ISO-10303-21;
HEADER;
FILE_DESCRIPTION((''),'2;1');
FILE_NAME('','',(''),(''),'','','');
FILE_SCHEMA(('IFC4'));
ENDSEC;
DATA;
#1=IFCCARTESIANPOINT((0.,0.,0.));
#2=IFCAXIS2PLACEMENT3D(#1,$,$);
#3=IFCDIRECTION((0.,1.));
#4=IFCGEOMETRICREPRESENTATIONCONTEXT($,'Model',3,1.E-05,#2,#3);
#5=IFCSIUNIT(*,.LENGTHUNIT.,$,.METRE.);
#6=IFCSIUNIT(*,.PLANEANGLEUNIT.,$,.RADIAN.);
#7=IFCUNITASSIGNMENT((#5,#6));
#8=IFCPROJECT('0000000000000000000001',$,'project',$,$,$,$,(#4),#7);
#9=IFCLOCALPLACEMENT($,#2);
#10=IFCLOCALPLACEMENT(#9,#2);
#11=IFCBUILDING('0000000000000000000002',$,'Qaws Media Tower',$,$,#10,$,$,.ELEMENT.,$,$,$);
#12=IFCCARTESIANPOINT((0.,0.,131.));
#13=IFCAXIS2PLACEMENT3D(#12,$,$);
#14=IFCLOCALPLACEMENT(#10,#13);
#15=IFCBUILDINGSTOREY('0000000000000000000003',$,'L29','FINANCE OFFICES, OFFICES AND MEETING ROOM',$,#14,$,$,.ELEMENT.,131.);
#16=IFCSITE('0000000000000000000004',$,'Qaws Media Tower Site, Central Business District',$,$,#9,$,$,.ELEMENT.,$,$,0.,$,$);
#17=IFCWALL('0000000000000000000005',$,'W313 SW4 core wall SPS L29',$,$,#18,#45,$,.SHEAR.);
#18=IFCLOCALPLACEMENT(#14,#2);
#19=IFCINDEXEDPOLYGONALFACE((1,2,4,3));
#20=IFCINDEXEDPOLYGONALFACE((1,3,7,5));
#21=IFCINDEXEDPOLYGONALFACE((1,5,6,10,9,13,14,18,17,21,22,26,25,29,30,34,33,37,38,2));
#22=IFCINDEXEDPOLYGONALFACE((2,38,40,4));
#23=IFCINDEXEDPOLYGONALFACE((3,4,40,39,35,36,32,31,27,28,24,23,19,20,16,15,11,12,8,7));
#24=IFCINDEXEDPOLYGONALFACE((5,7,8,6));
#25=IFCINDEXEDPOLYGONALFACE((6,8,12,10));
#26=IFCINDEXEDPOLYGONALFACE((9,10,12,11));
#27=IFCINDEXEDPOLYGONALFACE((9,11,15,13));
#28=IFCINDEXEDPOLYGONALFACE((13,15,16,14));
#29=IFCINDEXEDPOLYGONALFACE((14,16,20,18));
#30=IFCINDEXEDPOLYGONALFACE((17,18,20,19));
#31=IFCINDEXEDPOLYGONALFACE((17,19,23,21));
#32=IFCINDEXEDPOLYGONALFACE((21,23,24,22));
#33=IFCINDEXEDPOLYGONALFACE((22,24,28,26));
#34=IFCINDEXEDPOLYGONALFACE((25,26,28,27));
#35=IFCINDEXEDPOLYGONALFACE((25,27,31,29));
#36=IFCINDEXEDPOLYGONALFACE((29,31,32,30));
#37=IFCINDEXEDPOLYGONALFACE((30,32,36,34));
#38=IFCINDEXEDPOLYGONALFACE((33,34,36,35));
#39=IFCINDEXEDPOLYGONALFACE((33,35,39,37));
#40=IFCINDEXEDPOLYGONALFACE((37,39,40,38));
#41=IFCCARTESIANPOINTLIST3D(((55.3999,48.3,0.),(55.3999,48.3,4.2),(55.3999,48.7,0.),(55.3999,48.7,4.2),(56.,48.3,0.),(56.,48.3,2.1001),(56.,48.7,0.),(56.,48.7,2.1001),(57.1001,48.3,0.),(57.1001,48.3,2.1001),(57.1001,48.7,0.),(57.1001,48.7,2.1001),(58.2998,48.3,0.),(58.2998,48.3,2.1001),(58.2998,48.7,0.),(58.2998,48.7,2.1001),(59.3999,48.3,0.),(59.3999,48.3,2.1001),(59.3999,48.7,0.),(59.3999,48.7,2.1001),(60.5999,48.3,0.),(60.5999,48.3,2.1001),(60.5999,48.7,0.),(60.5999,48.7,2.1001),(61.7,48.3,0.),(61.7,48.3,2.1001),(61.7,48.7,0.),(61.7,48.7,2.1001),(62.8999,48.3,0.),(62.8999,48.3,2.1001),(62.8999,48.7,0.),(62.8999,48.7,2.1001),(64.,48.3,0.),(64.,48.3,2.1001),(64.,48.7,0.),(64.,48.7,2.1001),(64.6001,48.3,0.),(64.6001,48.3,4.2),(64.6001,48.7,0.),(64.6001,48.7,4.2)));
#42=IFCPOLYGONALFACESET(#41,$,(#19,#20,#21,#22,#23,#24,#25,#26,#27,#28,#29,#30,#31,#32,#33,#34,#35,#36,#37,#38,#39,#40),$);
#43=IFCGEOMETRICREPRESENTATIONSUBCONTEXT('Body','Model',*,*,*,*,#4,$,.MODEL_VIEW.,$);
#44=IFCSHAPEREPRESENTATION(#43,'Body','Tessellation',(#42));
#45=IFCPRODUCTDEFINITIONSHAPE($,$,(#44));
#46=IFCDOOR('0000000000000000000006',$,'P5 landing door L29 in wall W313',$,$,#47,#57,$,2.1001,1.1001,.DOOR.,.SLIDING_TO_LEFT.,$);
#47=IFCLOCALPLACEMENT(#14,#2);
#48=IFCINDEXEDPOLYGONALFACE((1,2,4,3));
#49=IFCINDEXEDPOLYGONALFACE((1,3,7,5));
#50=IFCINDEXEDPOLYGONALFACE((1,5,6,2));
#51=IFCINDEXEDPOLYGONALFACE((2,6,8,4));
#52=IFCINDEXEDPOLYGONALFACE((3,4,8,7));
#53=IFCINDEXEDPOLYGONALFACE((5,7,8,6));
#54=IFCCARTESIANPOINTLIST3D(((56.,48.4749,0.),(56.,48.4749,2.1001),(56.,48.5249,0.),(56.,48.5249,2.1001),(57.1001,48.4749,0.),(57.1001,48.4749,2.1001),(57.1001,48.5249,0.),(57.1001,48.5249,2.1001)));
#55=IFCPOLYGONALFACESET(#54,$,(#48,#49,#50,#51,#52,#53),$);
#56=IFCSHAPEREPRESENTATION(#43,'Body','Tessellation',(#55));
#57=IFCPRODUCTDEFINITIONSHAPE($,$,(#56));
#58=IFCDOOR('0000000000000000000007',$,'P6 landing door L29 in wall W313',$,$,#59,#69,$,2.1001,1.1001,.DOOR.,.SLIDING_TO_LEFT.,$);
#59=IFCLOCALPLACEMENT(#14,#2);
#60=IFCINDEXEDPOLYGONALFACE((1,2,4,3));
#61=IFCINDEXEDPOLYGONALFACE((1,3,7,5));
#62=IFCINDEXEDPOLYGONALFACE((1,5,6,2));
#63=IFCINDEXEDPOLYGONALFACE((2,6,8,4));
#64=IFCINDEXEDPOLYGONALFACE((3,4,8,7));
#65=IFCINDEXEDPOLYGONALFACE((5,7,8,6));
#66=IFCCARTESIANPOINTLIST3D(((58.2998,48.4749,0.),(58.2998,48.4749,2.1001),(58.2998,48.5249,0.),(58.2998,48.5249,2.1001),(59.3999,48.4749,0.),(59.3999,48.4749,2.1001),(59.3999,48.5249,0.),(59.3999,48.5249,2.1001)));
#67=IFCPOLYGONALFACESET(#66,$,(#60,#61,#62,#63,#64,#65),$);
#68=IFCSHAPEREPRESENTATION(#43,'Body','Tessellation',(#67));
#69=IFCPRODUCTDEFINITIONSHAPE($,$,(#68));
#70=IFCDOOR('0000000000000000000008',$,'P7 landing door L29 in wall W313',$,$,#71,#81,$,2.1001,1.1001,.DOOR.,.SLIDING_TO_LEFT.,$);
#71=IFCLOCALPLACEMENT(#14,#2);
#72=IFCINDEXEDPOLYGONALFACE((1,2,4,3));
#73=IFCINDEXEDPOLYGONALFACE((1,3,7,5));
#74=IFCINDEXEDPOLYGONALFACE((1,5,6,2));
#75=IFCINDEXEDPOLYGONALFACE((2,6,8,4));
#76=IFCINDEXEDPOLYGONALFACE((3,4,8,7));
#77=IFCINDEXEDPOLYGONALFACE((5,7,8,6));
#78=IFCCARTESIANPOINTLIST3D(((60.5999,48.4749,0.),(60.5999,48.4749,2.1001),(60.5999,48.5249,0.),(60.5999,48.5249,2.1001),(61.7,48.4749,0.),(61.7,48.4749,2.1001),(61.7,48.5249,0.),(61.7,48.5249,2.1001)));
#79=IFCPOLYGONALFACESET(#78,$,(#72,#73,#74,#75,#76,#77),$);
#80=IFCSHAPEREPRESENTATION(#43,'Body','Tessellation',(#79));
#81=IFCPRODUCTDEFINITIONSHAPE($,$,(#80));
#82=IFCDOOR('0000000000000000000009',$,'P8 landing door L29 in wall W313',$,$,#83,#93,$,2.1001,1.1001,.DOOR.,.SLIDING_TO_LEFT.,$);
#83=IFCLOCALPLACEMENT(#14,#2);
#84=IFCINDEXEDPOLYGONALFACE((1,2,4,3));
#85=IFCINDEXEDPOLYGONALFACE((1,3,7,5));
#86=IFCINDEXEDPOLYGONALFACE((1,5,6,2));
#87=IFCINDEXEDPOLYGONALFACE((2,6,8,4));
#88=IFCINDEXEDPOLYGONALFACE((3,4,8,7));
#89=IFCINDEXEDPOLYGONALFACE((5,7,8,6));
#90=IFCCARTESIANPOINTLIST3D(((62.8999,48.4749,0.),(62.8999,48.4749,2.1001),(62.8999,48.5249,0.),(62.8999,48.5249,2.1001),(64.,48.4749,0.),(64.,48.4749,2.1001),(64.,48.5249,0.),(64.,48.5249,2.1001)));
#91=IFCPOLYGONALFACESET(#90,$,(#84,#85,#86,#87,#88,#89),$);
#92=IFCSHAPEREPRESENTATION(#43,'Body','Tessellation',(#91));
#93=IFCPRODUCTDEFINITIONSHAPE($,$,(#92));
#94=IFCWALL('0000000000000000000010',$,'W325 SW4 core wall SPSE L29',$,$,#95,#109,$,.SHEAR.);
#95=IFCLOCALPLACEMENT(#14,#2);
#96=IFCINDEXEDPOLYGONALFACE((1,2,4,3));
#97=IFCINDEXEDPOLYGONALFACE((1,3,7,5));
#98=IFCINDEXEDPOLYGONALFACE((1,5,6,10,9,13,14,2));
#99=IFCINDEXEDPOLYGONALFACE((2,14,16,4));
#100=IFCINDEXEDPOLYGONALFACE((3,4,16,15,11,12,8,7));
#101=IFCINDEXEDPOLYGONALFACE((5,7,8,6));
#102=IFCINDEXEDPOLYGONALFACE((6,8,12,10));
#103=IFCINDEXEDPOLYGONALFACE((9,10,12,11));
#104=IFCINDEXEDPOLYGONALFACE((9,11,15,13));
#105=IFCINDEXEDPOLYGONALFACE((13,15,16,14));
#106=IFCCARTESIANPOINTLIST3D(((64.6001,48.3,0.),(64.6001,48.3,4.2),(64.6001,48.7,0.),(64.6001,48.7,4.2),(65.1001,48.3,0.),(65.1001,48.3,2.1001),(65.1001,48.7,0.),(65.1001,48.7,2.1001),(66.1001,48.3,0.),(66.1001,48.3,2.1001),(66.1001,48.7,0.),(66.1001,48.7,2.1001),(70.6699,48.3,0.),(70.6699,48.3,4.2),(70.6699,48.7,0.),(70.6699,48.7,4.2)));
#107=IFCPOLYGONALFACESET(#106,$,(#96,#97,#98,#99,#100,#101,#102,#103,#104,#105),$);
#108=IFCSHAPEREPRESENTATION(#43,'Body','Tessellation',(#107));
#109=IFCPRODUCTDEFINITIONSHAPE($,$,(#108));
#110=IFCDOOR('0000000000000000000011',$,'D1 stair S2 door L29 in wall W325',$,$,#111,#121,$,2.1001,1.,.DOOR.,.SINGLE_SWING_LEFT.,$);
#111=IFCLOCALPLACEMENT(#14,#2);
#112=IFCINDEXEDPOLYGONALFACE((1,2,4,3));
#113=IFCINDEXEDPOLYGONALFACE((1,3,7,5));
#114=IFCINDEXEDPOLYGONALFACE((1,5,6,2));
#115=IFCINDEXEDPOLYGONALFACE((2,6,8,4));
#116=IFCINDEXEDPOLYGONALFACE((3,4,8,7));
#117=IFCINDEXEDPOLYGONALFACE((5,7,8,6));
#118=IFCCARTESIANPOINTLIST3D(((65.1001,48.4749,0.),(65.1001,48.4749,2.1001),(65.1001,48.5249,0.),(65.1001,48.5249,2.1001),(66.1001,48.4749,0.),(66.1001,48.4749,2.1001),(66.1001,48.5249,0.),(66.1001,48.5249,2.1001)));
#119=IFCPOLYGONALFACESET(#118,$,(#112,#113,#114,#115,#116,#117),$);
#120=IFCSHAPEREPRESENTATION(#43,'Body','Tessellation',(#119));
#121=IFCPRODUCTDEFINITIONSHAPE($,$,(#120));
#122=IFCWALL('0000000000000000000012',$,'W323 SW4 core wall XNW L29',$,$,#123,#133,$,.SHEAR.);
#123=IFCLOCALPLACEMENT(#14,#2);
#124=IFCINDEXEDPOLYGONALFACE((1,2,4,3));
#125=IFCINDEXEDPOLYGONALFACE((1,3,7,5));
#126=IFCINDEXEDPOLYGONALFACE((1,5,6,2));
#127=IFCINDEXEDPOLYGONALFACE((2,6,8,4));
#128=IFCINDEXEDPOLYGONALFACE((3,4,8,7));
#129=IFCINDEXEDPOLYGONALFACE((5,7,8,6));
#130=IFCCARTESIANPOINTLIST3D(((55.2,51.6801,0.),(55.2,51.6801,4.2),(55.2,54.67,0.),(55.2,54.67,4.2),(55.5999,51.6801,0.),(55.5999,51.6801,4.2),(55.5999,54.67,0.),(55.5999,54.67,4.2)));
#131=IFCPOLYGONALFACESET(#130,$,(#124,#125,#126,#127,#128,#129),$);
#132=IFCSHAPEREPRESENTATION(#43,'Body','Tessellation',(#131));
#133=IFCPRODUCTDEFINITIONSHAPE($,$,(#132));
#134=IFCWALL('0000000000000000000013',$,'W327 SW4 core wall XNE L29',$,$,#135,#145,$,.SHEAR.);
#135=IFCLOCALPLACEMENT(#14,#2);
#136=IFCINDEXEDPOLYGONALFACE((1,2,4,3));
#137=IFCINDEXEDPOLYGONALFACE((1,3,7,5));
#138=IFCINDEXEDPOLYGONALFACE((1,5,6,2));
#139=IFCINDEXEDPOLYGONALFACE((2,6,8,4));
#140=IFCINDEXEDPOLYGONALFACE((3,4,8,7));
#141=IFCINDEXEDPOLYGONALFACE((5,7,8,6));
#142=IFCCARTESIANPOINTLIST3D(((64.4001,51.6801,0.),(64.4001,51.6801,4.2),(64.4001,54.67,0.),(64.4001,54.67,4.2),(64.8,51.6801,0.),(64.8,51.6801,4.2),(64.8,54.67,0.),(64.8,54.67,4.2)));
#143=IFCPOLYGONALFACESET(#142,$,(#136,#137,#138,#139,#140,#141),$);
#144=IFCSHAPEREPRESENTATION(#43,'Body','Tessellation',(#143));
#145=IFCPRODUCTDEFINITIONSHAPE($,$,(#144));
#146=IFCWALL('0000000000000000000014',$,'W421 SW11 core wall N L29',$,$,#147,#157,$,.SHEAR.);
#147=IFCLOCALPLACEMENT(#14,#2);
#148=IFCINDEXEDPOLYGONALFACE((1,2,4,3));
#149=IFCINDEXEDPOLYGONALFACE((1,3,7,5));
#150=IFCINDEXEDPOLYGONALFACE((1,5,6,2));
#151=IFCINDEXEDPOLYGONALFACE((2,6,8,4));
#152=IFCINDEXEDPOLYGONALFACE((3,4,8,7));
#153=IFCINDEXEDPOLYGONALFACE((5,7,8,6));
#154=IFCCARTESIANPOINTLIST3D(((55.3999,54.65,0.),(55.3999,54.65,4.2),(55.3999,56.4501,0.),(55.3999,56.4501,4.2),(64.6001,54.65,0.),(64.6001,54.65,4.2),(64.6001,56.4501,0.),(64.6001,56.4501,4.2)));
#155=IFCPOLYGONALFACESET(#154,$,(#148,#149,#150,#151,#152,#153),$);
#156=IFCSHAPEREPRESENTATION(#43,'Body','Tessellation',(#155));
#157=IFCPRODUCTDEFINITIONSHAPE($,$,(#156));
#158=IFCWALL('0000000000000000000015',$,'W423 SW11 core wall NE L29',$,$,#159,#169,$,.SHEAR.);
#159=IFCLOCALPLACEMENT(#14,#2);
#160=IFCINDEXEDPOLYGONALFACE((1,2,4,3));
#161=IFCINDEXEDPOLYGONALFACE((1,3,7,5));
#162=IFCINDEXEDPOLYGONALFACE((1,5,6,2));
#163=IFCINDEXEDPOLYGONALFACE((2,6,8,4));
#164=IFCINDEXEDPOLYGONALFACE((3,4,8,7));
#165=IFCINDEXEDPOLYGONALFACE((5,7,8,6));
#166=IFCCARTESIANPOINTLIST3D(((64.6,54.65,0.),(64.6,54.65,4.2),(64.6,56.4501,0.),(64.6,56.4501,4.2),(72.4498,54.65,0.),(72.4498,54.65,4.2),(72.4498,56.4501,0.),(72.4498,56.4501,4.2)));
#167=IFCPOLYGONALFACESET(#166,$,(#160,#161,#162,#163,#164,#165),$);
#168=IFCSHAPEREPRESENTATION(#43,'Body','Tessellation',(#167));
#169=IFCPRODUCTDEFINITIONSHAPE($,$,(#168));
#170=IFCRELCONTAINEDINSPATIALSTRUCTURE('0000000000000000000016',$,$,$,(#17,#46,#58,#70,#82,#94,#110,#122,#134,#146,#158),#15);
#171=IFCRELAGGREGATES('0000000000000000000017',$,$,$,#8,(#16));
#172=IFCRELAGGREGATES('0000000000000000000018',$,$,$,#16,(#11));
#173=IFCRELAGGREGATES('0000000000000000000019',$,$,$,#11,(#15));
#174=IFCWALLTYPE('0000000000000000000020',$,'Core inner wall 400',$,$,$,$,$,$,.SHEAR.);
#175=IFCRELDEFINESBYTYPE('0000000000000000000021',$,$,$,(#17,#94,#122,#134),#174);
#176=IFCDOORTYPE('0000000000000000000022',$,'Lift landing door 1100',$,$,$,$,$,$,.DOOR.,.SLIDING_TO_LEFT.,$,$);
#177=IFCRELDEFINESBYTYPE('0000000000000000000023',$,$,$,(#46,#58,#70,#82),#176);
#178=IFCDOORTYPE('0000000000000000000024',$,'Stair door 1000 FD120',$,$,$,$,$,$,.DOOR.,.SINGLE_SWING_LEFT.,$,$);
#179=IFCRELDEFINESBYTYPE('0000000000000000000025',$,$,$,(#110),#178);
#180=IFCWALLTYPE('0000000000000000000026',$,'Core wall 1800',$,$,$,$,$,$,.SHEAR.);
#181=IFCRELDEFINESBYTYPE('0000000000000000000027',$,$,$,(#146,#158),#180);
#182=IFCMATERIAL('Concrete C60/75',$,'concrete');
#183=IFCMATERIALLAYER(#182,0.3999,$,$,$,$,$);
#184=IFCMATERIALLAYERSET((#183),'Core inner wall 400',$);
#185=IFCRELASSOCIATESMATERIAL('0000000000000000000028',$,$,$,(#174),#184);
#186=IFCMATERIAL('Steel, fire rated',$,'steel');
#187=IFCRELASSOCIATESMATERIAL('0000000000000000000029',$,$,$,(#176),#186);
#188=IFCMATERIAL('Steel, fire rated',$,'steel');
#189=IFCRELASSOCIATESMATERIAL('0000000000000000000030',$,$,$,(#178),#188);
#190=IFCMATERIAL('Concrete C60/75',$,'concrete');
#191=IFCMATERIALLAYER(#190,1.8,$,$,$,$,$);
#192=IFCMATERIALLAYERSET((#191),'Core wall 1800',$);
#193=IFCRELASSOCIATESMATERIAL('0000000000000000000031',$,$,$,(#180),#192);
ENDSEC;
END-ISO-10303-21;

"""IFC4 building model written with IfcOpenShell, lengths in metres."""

from ifc_helpers import new_model, si_unit, direction, frame, frame_2d, origin, place, context, subcontext, project, spatial, rectangle, extrude, material, layer, layer_set, type_object, element, fill, save


model = new_model("IFC4")

# Units and contexts
model_context = context("Model", 3, precision=1e-05, world=origin(), true_north=direction((0.0, 1.0)))
body_context = subcontext(model_context, "Body", "Model", "MODEL_VIEW")
ifc_project = project(units=[si_unit("LENGTHUNIT", "METRE"), si_unit("PLANEANGLEUNIT", "RADIAN")], contexts=[model_context])

# Site, building, storey
site_placement = place(None, origin())
site = spatial("IfcSite", under=ifc_project, at=site_placement, Name="Qaws Media Tower Site, Central Business District", CompositionType="ELEMENT", RefElevation=0.0)
building_placement = place(site_placement, origin())
building = spatial("IfcBuilding", under=site, at=building_placement, Name="Qaws Media Tower", CompositionType="ELEMENT")
storey_placement = place(building_placement, frame((0.0, 0.0, 131.0)))
storey = spatial("IfcBuildingStorey", under=building, at=storey_placement, Name="L29", Description="FINANCE OFFICES, OFFICES AND MEETING ROOM", CompositionType="ELEMENT", Elevation=131.0)

# Wall, openings, doors
ifc_material_1 = material(Name="Concrete C60/75", Category="concrete")
ifc_layer_1 = layer(ifc_material_1, 0.3999)
ifc_layer_set_1 = layer_set([ifc_layer_1], Name="Core inner wall 400")
wall_type_1 = type_object("IfcWallType", Name="Core inner wall 400", PredefinedType="SHEAR", material=ifc_layer_set_1)
wall_1_placement = place(storey_placement, frame((55.3999, 48.5, 0.0), z_axis=(0.0, 0.0, 1.0), x_axis=(1.0, 0.0, 0.0)))
wall_1 = element("IfcWall", 1, at=wall_1_placement, inside=storey, type_object=wall_type_1, Name="W313 SW4 core wall SPS L29", PredefinedType="SHEAR", context=body_context, shape_type="SweptSolid", body=[
    extrude(rectangle(XDim=9.2002, YDim=0.3999, at=frame_2d((4.6001, 0.0))), origin(), (0.0, 0.0, 1.0), 4.2),
])
opening_1_placement = place(wall_1_placement, frame((0.6001, 0.0, 0.0)))
opening_1 = element("IfcOpeningElement", 2, at=opening_1_placement, cuts=wall_1, PredefinedType="OPENING", context=body_context, shape_type="SweptSolid", body=[
    extrude(rectangle(XDim=1.1001, YDim=2.1001, at=frame_2d((0.55, 1.05))), frame((0.0, 0.21, 0.0), z_axis=(0.0, -1.0, 0.0), x_axis=(1.0, 0.0, 0.0)), (0.0, 0.0, 1.0), 0.4199),
])
opening_2_placement = place(wall_1_placement, frame((2.8999, 0.0, 0.0)))
opening_2 = element("IfcOpeningElement", 3, at=opening_2_placement, cuts=wall_1, PredefinedType="OPENING", context=body_context, shape_type="SweptSolid", body=[
    extrude(rectangle(XDim=1.1001, YDim=2.1001, at=frame_2d((0.55, 1.05))), frame((0.0, 0.21, 0.0), z_axis=(0.0, -1.0, 0.0), x_axis=(1.0, 0.0, 0.0)), (0.0, 0.0, 1.0), 0.4199),
])
opening_3_placement = place(wall_1_placement, frame((5.2, 0.0, 0.0)))
opening_3 = element("IfcOpeningElement", 4, at=opening_3_placement, cuts=wall_1, PredefinedType="OPENING", context=body_context, shape_type="SweptSolid", body=[
    extrude(rectangle(XDim=1.1001, YDim=2.1001, at=frame_2d((0.55, 1.05))), frame((0.0, 0.21, 0.0), z_axis=(0.0, -1.0, 0.0), x_axis=(1.0, 0.0, 0.0)), (0.0, 0.0, 1.0), 0.4199),
])
opening_4_placement = place(wall_1_placement, frame((7.5, 0.0, 0.0)))
opening_4 = element("IfcOpeningElement", 5, at=opening_4_placement, cuts=wall_1, PredefinedType="OPENING", context=body_context, shape_type="SweptSolid", body=[
    extrude(rectangle(XDim=1.1001, YDim=2.1001, at=frame_2d((0.55, 1.05))), frame((0.0, 0.21, 0.0), z_axis=(0.0, -1.0, 0.0), x_axis=(1.0, 0.0, 0.0)), (0.0, 0.0, 1.0), 0.4199),
])
ifc_material_2 = material(Name="Steel, fire rated", Category="steel")
door_type_1 = type_object("IfcDoorType", Name="Lift landing door 1100", OperationType="SLIDING_TO_LEFT", PredefinedType="DOOR", material=ifc_material_2)
door_1_placement = place(opening_1_placement, origin())
door_1 = element("IfcDoor", 6, at=door_1_placement, inside=storey, type_object=door_type_1, Name="P5 landing door L29 in wall W313", OperationType="SLIDING_TO_LEFT", OverallHeight=2.1001, OverallWidth=1.1001, PredefinedType="DOOR", context=body_context, shape_type="SweptSolid", body=[
    extrude(rectangle(XDim=1.1001, YDim=2.1001, at=frame_2d((0.55, 1.05))), frame((0.0, 0.0249, 0.0), z_axis=(0.0, -1.0, 0.0), x_axis=(1.0, 0.0, 0.0)), (0.0, 0.0, 1.0), 0.05),
])
fill(opening_1, door_1)
door_2_placement = place(opening_2_placement, origin())
door_2 = element("IfcDoor", 7, at=door_2_placement, inside=storey, type_object=door_type_1, Name="P6 landing door L29 in wall W313", OperationType="SLIDING_TO_LEFT", OverallHeight=2.1001, OverallWidth=1.1001, PredefinedType="DOOR", context=body_context, shape_type="SweptSolid", body=[
    extrude(rectangle(XDim=1.1001, YDim=2.1001, at=frame_2d((0.55, 1.05))), frame((0.0, 0.0249, 0.0), z_axis=(0.0, -1.0, 0.0), x_axis=(1.0, 0.0, 0.0)), (0.0, 0.0, 1.0), 0.05),
])
fill(opening_2, door_2)
door_3_placement = place(opening_3_placement, origin())
door_3 = element("IfcDoor", 8, at=door_3_placement, inside=storey, type_object=door_type_1, Name="P7 landing door L29 in wall W313", OperationType="SLIDING_TO_LEFT", OverallHeight=2.1001, OverallWidth=1.1001, PredefinedType="DOOR", context=body_context, shape_type="SweptSolid", body=[
    extrude(rectangle(XDim=1.1001, YDim=2.1001, at=frame_2d((0.55, 1.05))), frame((0.0, 0.0249, 0.0), z_axis=(0.0, -1.0, 0.0), x_axis=(1.0, 0.0, 0.0)), (0.0, 0.0, 1.0), 0.05),
])
fill(opening_3, door_3)
door_4_placement = place(opening_4_placement, origin())
door_4 = element("IfcDoor", 9, at=door_4_placement, inside=storey, type_object=door_type_1, Name="P8 landing door L29 in wall W313", OperationType="SLIDING_TO_LEFT", OverallHeight=2.1001, OverallWidth=1.1001, PredefinedType="DOOR", context=body_context, shape_type="SweptSolid", body=[
    extrude(rectangle(XDim=1.1001, YDim=2.1001, at=frame_2d((0.55, 1.05))), frame((0.0, 0.0249, 0.0), z_axis=(0.0, -1.0, 0.0), x_axis=(1.0, 0.0, 0.0)), (0.0, 0.0, 1.0), 0.05),
])
fill(opening_4, door_4)

# Wall, opening, door
wall_2_placement = place(storey_placement, frame((64.6001, 48.5, 0.0), z_axis=(0.0, 0.0, 1.0), x_axis=(1.0, 0.0, 0.0)))
wall_2 = element("IfcWall", 10, at=wall_2_placement, inside=storey, type_object=wall_type_1, Name="W325 SW4 core wall SPSE L29", PredefinedType="SHEAR", context=body_context, shape_type="SweptSolid", body=[
    extrude(rectangle(XDim=6.0698, YDim=0.3999, at=frame_2d((3.0349, 0.0))), origin(), (0.0, 0.0, 1.0), 4.2),
])
opening_5_placement = place(wall_2_placement, frame((0.5, 0.0, 0.0)))
opening_5 = element("IfcOpeningElement", 11, at=opening_5_placement, cuts=wall_2, PredefinedType="OPENING", context=body_context, shape_type="SweptSolid", body=[
    extrude(rectangle(XDim=1.0, YDim=2.1001, at=frame_2d((0.5, 1.05))), frame((0.0, 0.21, 0.0), z_axis=(0.0, -1.0, 0.0), x_axis=(1.0, 0.0, 0.0)), (0.0, 0.0, 1.0), 0.4199),
])
ifc_material_3 = material(Name="Steel, fire rated", Category="steel")
door_type_2 = type_object("IfcDoorType", Name="Stair door 1000 FD120", OperationType="SINGLE_SWING_LEFT", PredefinedType="DOOR", material=ifc_material_3)
door_5_placement = place(opening_5_placement, origin())
door_5 = element("IfcDoor", 12, at=door_5_placement, inside=storey, type_object=door_type_2, Name="D1 stair S2 door L29 in wall W325", OperationType="SINGLE_SWING_LEFT", OverallHeight=2.1001, OverallWidth=1.0, PredefinedType="DOOR", context=body_context, shape_type="SweptSolid", body=[
    extrude(rectangle(XDim=1.0, YDim=2.1001, at=frame_2d((0.5, 1.05))), frame((0.0, 0.0249, 0.0), z_axis=(0.0, -1.0, 0.0), x_axis=(1.0, 0.0, 0.0)), (0.0, 0.0, 1.0), 0.05),
])
fill(opening_5, door_5)

# Walls
for number, where, z_axis, x_axis, name in (
    (13, (55.3999, 51.6799, 0.0), (0.0, 0.0, 1.0), (0.0, 1.0, 0.0), "W323 SW4 core wall XNW L29"),
    (14, (64.6001, 51.6799, 0.0), (0.0, 0.0, 1.0), (0.0, 1.0, 0.0), "W327 SW4 core wall XNE L29"),
):
    element("IfcWall", number, at=place(storey_placement, frame(where, z_axis=z_axis, x_axis=x_axis)), inside=storey, type_object=wall_type_1, Name=name, PredefinedType="SHEAR", context=body_context, shape_type="SweptSolid", body=[
        extrude(rectangle(XDim=2.99, YDim=0.3999, at=frame_2d((1.4951, 0.0))), origin(), (0.0, 0.0, 1.0), 4.2),
    ])
ifc_material_4 = material(Name="Concrete C60/75", Category="concrete")
ifc_layer_2 = layer(ifc_material_4, 1.8)
ifc_layer_set_2 = layer_set([ifc_layer_2], Name="Core wall 1800")
wall_type_2 = type_object("IfcWallType", Name="Core wall 1800", PredefinedType="SHEAR", material=ifc_layer_set_2)
wall_3_placement = place(storey_placement, frame((55.3999, 55.55, 0.0), z_axis=(0.0, 0.0, 1.0), x_axis=(1.0, 0.0, 0.0)))
element("IfcWall", 15, at=wall_3_placement, inside=storey, type_object=wall_type_2, Name="W421 SW11 core wall N L29", PredefinedType="SHEAR", context=body_context, shape_type="SweptSolid", body=[
    extrude(rectangle(XDim=9.2002, YDim=1.8, at=frame_2d((4.6001, 0.0))), origin(), (0.0, 0.0, 1.0), 4.2),
])
wall_4_placement = place(storey_placement, frame((64.6001, 55.55, 0.0), z_axis=(0.0, 0.0, 1.0), x_axis=(1.0, 0.0, 0.0)))
element("IfcWall", 16, at=wall_4_placement, inside=storey, type_object=wall_type_2, Name="W423 SW11 core wall NE L29", PredefinedType="SHEAR", context=body_context, shape_type="SweptSolid", body=[
    extrude(rectangle(XDim=7.8499, YDim=1.8, at=frame_2d((3.9248, 0.0))), origin(), (0.0, 0.0, 1.0), 4.2),
])

save(model, "model.ifc")
